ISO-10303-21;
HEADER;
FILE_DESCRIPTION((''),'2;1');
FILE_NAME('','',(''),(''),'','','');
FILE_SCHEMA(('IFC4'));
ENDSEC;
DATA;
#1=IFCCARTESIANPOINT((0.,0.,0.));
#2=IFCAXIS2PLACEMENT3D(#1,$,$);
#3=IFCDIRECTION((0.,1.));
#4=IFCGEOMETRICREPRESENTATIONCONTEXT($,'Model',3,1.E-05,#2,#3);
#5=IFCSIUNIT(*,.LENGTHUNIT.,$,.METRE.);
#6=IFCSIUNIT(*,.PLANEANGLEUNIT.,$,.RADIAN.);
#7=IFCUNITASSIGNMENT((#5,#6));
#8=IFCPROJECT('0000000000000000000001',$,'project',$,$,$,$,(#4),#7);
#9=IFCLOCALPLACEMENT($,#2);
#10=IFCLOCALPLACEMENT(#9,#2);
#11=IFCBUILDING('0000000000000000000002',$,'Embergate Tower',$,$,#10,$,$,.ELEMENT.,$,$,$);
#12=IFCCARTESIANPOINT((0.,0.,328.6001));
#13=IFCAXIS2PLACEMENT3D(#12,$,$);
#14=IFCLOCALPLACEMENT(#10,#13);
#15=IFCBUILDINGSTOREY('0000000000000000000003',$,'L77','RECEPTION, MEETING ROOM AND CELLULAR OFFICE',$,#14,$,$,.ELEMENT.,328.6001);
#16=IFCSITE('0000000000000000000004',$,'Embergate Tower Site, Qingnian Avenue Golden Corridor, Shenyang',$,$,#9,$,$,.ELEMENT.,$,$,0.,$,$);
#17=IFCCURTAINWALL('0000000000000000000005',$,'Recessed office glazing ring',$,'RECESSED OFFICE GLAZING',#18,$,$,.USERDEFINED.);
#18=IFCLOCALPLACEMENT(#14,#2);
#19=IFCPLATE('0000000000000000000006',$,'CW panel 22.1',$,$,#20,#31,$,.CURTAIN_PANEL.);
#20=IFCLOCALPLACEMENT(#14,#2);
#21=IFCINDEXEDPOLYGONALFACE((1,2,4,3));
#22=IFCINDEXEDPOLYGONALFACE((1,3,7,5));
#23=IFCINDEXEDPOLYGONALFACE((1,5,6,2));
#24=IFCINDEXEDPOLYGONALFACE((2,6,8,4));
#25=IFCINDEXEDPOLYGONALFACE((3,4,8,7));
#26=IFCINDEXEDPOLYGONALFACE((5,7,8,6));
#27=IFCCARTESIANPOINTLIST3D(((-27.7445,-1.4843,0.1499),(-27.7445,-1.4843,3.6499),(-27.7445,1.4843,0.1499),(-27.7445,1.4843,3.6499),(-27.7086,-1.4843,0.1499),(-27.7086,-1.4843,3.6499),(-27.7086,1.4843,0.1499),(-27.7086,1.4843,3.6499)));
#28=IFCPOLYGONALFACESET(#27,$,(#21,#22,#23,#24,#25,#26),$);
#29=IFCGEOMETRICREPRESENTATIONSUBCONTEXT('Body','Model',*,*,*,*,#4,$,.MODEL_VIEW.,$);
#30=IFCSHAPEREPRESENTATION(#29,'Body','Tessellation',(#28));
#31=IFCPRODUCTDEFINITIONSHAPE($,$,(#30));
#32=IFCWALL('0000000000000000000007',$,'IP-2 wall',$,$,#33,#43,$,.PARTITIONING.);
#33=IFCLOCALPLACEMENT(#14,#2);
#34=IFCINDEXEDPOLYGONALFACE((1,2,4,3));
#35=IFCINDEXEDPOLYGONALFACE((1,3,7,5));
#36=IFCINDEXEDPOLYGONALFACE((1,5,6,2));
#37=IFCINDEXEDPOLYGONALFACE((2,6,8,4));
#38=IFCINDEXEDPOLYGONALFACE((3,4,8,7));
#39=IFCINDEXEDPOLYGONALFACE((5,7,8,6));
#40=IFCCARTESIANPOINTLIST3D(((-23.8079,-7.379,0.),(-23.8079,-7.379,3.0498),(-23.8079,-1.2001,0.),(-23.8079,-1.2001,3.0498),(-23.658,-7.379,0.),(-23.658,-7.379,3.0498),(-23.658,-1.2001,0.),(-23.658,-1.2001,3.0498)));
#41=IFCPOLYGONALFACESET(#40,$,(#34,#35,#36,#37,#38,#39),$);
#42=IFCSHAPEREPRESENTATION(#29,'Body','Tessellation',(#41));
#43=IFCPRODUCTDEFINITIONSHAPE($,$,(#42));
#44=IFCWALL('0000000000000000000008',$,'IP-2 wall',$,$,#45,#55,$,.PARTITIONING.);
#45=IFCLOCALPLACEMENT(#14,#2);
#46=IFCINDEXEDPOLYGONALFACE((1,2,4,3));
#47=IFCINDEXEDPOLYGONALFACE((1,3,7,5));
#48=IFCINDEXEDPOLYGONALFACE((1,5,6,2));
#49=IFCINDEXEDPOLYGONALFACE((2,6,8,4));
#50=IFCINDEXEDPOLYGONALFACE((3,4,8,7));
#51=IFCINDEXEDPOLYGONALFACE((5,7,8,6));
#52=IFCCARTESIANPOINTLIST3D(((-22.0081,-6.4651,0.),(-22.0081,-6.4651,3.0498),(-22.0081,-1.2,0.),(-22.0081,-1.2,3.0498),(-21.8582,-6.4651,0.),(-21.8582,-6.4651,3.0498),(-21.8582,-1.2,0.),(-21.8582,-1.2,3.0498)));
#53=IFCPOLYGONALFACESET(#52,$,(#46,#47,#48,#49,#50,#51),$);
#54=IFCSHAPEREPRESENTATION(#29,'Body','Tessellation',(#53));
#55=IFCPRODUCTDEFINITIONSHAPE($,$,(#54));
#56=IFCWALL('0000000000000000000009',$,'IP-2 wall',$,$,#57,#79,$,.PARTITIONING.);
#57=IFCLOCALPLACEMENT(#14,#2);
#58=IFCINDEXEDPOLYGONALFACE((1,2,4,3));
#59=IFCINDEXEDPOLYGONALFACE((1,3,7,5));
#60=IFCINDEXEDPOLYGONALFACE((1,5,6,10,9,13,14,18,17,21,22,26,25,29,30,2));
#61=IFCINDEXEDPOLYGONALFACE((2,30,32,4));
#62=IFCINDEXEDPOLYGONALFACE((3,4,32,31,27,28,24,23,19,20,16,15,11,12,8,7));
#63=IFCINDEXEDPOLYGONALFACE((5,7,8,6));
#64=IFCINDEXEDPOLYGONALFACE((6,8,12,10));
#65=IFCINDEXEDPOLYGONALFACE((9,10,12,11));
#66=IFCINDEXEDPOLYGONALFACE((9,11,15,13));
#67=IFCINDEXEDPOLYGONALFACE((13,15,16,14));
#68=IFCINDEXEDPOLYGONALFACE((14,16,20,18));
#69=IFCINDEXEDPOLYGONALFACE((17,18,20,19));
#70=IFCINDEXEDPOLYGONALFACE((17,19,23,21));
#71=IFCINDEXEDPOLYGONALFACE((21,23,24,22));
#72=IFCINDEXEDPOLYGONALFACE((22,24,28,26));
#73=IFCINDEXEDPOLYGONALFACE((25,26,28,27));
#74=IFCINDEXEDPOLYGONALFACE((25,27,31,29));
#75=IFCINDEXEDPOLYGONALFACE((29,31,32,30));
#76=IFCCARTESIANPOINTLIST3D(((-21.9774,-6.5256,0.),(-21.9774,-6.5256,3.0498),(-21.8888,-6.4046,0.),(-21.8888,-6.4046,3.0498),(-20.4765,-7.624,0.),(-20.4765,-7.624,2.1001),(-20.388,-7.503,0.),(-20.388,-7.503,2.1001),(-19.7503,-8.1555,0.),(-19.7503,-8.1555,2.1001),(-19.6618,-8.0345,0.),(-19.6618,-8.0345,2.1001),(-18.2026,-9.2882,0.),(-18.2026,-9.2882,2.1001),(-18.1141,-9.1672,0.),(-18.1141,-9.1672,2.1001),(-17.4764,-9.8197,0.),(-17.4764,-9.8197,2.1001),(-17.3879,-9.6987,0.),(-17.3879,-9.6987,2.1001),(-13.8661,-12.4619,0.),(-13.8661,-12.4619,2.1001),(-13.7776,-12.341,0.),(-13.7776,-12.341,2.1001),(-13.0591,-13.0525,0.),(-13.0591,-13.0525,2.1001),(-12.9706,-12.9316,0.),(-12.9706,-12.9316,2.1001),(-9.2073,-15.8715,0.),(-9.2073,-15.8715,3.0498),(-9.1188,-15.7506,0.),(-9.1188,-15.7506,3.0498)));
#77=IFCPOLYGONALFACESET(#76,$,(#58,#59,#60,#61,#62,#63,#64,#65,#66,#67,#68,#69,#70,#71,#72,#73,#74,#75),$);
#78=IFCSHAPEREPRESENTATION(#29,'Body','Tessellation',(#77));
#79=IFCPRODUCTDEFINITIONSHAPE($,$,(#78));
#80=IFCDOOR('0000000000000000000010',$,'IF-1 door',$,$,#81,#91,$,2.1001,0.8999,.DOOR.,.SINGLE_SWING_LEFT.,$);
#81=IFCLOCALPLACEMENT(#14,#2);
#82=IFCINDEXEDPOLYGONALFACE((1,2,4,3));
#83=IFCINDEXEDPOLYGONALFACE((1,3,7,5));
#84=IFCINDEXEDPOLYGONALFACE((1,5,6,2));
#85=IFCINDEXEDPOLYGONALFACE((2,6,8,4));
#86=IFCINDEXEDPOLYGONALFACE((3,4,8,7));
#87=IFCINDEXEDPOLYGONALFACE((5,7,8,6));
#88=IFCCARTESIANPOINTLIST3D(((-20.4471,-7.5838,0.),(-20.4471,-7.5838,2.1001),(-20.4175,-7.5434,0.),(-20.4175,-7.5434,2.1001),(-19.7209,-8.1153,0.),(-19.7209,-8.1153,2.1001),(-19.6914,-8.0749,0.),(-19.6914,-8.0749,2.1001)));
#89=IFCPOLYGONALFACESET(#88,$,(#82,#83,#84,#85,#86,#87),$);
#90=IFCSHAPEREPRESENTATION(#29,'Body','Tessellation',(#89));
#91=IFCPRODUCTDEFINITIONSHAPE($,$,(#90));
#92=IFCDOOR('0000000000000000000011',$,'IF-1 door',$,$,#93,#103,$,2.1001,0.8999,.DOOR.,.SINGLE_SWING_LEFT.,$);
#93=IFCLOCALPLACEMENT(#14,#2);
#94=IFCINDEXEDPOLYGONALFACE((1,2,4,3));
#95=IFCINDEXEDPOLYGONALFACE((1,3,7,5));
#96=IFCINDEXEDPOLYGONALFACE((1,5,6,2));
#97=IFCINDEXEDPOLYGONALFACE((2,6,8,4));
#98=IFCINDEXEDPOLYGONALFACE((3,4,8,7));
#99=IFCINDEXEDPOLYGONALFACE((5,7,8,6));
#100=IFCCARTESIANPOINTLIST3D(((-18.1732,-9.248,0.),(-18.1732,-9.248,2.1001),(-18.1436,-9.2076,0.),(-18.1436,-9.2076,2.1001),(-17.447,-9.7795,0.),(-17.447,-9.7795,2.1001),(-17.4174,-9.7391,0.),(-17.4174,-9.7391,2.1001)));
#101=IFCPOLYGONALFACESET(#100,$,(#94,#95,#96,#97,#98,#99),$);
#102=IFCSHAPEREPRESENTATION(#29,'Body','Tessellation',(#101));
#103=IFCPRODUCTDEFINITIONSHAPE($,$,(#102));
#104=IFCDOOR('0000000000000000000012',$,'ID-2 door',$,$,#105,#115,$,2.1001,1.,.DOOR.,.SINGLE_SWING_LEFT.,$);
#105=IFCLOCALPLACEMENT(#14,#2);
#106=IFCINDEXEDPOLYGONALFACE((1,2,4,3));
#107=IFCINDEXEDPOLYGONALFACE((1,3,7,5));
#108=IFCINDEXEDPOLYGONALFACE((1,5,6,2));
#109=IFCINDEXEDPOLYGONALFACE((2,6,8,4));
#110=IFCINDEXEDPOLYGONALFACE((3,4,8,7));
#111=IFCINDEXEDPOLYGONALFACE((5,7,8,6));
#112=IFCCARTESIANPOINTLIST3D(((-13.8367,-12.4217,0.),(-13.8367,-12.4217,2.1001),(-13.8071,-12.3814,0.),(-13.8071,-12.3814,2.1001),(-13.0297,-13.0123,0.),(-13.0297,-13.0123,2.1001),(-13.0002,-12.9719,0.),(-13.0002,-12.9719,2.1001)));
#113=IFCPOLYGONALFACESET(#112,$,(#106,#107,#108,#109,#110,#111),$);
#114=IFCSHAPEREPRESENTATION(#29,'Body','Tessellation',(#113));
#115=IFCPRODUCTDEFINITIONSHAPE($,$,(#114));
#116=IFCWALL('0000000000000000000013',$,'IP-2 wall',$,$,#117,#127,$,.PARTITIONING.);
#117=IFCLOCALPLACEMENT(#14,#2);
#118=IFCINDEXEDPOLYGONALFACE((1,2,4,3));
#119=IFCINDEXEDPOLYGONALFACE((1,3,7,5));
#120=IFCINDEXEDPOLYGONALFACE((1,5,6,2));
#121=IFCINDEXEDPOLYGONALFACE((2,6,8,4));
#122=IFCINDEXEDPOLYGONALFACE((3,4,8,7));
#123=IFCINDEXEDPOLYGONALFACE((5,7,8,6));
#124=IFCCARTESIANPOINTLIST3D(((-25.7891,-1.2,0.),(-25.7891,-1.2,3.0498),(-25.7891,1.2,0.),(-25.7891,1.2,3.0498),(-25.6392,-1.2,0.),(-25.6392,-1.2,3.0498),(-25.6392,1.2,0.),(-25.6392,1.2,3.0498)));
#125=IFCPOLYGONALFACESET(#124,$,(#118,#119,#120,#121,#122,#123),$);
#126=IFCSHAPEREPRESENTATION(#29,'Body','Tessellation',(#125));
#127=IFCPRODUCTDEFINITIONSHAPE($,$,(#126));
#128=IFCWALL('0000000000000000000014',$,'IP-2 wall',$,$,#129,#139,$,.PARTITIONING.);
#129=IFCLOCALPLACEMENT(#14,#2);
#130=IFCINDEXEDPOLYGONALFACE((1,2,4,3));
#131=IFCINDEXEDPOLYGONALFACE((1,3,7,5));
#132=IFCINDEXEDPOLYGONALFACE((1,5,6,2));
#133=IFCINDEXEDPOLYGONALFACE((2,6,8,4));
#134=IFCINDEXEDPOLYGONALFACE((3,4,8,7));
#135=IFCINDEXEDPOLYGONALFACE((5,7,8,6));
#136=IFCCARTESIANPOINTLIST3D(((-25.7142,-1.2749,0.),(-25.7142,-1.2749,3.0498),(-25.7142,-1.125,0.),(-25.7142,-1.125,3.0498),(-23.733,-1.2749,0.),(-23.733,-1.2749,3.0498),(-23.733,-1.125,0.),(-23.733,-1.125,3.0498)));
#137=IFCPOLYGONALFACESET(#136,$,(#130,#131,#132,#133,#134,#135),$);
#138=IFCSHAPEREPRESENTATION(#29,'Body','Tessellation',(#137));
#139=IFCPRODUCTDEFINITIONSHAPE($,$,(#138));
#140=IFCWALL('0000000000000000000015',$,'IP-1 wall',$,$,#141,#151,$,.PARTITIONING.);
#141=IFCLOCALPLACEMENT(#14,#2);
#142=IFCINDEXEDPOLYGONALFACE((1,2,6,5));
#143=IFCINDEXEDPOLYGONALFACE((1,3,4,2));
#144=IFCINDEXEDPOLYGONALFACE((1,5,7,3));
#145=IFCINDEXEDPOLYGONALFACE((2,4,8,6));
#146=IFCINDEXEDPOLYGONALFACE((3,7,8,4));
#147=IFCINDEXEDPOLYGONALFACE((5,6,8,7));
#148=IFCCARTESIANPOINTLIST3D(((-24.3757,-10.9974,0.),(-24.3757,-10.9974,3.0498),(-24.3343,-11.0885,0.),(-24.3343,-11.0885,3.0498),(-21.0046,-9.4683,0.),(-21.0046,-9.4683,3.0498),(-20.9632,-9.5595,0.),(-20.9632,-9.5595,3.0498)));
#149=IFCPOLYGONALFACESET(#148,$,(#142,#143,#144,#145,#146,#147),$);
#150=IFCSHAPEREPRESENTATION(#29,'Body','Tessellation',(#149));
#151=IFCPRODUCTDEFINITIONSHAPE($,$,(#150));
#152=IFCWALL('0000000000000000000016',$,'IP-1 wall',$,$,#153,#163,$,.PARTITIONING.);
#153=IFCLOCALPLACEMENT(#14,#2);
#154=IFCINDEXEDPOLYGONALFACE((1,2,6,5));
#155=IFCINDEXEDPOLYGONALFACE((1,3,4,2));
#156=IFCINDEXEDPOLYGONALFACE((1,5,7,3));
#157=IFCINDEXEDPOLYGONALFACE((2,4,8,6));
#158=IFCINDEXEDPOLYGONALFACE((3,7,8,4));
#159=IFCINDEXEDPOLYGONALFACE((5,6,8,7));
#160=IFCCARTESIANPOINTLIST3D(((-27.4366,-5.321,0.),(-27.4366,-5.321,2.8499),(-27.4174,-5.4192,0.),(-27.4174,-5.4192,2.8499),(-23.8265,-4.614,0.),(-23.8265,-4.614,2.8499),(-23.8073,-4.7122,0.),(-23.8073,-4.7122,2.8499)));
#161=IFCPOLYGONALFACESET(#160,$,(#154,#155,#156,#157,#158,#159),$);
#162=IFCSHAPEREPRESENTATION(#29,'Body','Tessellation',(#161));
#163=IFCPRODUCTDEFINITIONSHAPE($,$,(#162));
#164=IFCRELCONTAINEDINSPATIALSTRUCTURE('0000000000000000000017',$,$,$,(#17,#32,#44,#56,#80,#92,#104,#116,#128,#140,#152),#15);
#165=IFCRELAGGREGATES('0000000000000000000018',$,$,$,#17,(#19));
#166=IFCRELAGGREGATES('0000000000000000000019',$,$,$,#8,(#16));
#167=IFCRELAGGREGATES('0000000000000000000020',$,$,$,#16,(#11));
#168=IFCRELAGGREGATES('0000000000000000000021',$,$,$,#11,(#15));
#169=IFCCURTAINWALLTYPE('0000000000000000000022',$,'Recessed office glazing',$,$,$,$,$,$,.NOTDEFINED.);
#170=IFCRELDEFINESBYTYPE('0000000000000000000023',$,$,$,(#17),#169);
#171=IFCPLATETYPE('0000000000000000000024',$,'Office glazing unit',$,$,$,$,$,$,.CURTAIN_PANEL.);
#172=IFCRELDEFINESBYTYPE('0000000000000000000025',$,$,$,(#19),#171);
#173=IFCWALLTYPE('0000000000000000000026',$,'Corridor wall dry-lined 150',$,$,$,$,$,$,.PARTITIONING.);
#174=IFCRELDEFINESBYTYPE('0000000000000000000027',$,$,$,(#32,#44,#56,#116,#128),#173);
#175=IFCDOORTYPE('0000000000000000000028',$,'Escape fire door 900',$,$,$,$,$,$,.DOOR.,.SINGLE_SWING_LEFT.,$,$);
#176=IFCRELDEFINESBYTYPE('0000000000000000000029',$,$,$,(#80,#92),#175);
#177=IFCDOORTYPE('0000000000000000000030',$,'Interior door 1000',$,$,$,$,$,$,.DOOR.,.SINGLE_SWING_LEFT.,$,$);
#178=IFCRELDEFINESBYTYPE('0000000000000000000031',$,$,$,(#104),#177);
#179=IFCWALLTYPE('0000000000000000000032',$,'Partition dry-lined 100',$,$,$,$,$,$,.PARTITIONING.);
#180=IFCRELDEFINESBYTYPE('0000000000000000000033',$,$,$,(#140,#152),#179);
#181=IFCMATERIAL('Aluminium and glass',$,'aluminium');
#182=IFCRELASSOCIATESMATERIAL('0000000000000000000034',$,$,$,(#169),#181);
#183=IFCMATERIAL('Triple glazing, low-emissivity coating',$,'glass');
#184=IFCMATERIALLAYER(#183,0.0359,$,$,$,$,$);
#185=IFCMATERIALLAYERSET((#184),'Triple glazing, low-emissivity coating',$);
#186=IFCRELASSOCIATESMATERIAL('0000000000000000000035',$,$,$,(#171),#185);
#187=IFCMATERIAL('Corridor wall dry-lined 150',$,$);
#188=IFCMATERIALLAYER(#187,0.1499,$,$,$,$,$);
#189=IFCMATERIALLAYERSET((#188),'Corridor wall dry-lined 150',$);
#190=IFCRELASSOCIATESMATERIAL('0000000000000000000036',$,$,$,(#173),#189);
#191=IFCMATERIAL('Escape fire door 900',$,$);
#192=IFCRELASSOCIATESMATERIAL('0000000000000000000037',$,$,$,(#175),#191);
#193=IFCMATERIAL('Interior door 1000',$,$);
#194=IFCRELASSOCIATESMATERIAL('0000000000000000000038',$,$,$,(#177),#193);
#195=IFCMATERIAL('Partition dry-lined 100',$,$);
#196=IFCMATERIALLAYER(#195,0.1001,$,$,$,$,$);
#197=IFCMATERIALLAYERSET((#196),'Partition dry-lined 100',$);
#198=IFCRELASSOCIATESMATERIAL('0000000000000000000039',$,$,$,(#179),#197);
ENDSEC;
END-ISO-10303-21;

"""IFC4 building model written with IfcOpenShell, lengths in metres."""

from ifc_helpers import new_model, si_unit, direction, frame, frame_2d, origin, origin_2d, place, context, subcontext, project, spatial, rectangle, extrude, source, transform, mapped, material, layer, layer_set, type_object, element, fill, aggregate, save


model = new_model("IFC4")

# Units and contexts
model_context = context("Model", 3, precision=1e-05, world=origin(), true_north=direction((0.0, 1.0)))
body_context = subcontext(model_context, "Body", "Model", "MODEL_VIEW")
ifc_project = project(units=[si_unit("LENGTHUNIT", "METRE"), si_unit("PLANEANGLEUNIT", "RADIAN")], contexts=[model_context])

# Site, building, storey
site_placement = place(None, origin())
site = spatial("IfcSite", under=ifc_project, at=site_placement, Name="Embergate Tower Site, Qingnian Avenue Golden Corridor, Shenyang", CompositionType="ELEMENT", RefElevation=0.0)
building_placement = place(site_placement, origin())
building = spatial("IfcBuilding", under=site, at=building_placement, Name="Embergate Tower", CompositionType="ELEMENT")
storey_placement = place(building_placement, frame((0.0, 0.0, 328.6001)))
storey = spatial("IfcBuildingStorey", under=building, at=storey_placement, Name="L77", Description="RECEPTION, MEETING ROOM AND CELLULAR OFFICE", CompositionType="ELEMENT", Elevation=328.6001)

# Curtain wall, plate
ifc_material_1 = material(Name="Aluminium and glass", Category="aluminium")
curtain_wall_type = type_object("IfcCurtainWallType", Name="Recessed office glazing", PredefinedType="NOTDEFINED", material=ifc_material_1)
curtain_wall_placement = place(storey_placement, origin())
curtain_wall = element("IfcCurtainWall", 1, at=curtain_wall_placement, inside=storey, type_object=curtain_wall_type, Name="Recessed office glazing ring", ObjectType="RECESSED OFFICE GLAZING", PredefinedType="USERDEFINED")
ifc_material_2 = material(Name="Triple glazing, low-emissivity coating", Category="glass")
ifc_layer_1 = layer(ifc_material_2, 0.0359)
ifc_layer_set_1 = layer_set([ifc_layer_1], Name="Triple glazing, low-emissivity coating")
plate_type = type_object("IfcPlateType", Name="Office glazing unit", PredefinedType="CURTAIN_PANEL", material=ifc_layer_set_1)
shared_shape_1 = source(origin(), body_context, "Body", "SweptSolid", [
    extrude(rectangle(XDim=2.9685, YDim=0.0359, at=origin_2d()), origin(), (0.0, 0.0, 1.0), 3.5),
])
plate_1_placement = place(storey_placement, frame((-27.7266, 0.0, 0.1499), z_axis=(0.0, 0.0, 1.0), x_axis=(0.0, -1.0, 0.0)))
plate_1 = element("IfcPlate", 2, at=plate_1_placement, type_object=plate_type, Name="CW panel 22.1", PredefinedType="CURTAIN_PANEL", context=body_context, shape_type="MappedRepresentation", body=[
    mapped(shared_shape_1, transform((0.0, 0.0, 0.0))),
])
aggregate(curtain_wall, [plate_1])

# Walls
ifc_material_3 = material(Name="Corridor wall dry-lined 150")
ifc_layer_2 = layer(ifc_material_3, 0.1499)
ifc_layer_set_2 = layer_set([ifc_layer_2], Name="Corridor wall dry-lined 150")
wall_type_1 = type_object("IfcWallType", Name="Corridor wall dry-lined 150", PredefinedType="PARTITIONING", material=ifc_layer_set_2)
shared_shape_2 = source(origin(), body_context, "Body", "SweptSolid", [
    extrude(rectangle(XDim=6.179, YDim=0.1499, at=frame_2d((3.0894, 0.0))), origin(), (0.0, 0.0, 1.0), 3.0498),
])
wall_1_placement = place(storey_placement, frame((-23.7329, -7.3789, 0.0), z_axis=(0.0, 0.0, 1.0), x_axis=(0.0, 1.0, 0.0)))
element("IfcWall", 3, at=wall_1_placement, inside=storey, type_object=wall_type_1, Name="IP-2 wall", PredefinedType="PARTITIONING", context=body_context, shape_type="MappedRepresentation", body=[
    mapped(shared_shape_2, transform((0.0, 0.0, 0.0))),
])
shared_shape_3 = source(origin(), body_context, "Body", "SweptSolid", [
    extrude(rectangle(XDim=5.2651, YDim=0.1499, at=frame_2d((2.6326, 0.0))), origin(), (0.0, 0.0, 1.0), 3.0498),
])
wall_2_placement = place(storey_placement, frame((-21.9331, -1.2, 0.0), z_axis=(0.0, 0.0, 1.0), x_axis=(0.0, -1.0, 0.0)))
element("IfcWall", 4, at=wall_2_placement, inside=storey, type_object=wall_type_1, Name="IP-2 wall", PredefinedType="PARTITIONING", context=body_context, shape_type="MappedRepresentation", body=[
    mapped(shared_shape_3, transform((0.0, 0.0, 0.0))),
])

# Wall, openings, doors
shared_shape_4 = source(origin(), body_context, "Body", "SweptSolid", [
    extrude(rectangle(XDim=15.8247, YDim=0.1499, at=frame_2d((7.9124, 0.0))), origin(), (0.0, 0.0, 1.0), 3.0498),
])
wall_3_placement = place(storey_placement, frame((-21.9331, -6.4651, 0.0), z_axis=(0.0, 0.0, 1.0), x_axis=(0.806969, -0.590594, 0.0)))
wall_3 = element("IfcWall", 5, at=wall_3_placement, inside=storey, type_object=wall_type_1, Name="IP-2 wall", PredefinedType="PARTITIONING", context=body_context, shape_type="MappedRepresentation", body=[
    mapped(shared_shape_4, transform((0.0, 0.0, 0.0))),
])
shared_shape_5 = source(origin(), body_context, "Body", "SweptSolid", [
    extrude(rectangle(XDim=0.8999, YDim=2.1001, at=frame_2d((0.45, 1.05))), frame((0.0, 0.085, 0.0), z_axis=(0.0, -1.0, 0.0), x_axis=(1.0, 0.0, 0.0)), (0.0, 0.0, 1.0), 0.1699),
])
opening_1_placement = place(wall_3_placement, frame((1.8599, 0.0, 0.0)))
opening_1 = element("IfcOpeningElement", 6, at=opening_1_placement, cuts=wall_3, PredefinedType="OPENING", context=body_context, shape_type="MappedRepresentation", body=[
    mapped(shared_shape_5, transform((0.0, 0.0, 0.0))),
])
opening_2_placement = place(wall_3_placement, frame((4.6777, 0.0, 0.0)))
opening_2 = element("IfcOpeningElement", 7, at=opening_2_placement, cuts=wall_3, PredefinedType="OPENING", context=body_context, shape_type="MappedRepresentation", body=[
    mapped(shared_shape_5, transform((0.0, 0.0, 0.0))),
])
shared_shape_6 = source(origin(), body_context, "Body", "SweptSolid", [
    extrude(rectangle(XDim=1.0, YDim=2.1001, at=frame_2d((0.5, 1.05))), frame((0.0, 0.085, 0.0), z_axis=(0.0, -1.0, 0.0), x_axis=(1.0, 0.0, 0.0)), (0.0, 0.0, 1.0), 0.1699),
])
opening_3_placement = place(wall_3_placement, frame((10.0515, 0.0, 0.0)))
opening_3 = element("IfcOpeningElement", 8, at=opening_3_placement, cuts=wall_3, PredefinedType="OPENING", context=body_context, shape_type="MappedRepresentation", body=[
    mapped(shared_shape_6, transform((0.0, 0.0, 0.0))),
])
ifc_material_4 = material(Name="Escape fire door 900")
door_type_1 = type_object("IfcDoorType", Name="Escape fire door 900", OperationType="SINGLE_SWING_LEFT", PredefinedType="DOOR", material=ifc_material_4)
shared_shape_7 = source(origin(), body_context, "Body", "SweptSolid", [
    extrude(rectangle(XDim=0.8999, YDim=2.1001, at=frame_2d((0.45, 1.05))), frame((0.0, 0.0249, 0.0), z_axis=(0.0, -1.0, 0.0), x_axis=(1.0, 0.0, 0.0)), (0.0, 0.0, 1.0), 0.05),
])
door_1_placement = place(opening_1_placement, origin())
door_1 = element("IfcDoor", 9, at=door_1_placement, inside=storey, type_object=door_type_1, Name="IF-1 door", OperationType="SINGLE_SWING_LEFT", OverallHeight=2.1001, OverallWidth=0.8999, PredefinedType="DOOR", context=body_context, shape_type="MappedRepresentation", body=[
    mapped(shared_shape_7, transform((0.0, 0.0, 0.0))),
])
fill(opening_1, door_1)
door_2_placement = place(opening_2_placement, origin())
door_2 = element("IfcDoor", 10, at=door_2_placement, inside=storey, type_object=door_type_1, Name="IF-1 door", OperationType="SINGLE_SWING_LEFT", OverallHeight=2.1001, OverallWidth=0.8999, PredefinedType="DOOR", context=body_context, shape_type="MappedRepresentation", body=[
    mapped(shared_shape_7, transform((0.0, 0.0, 0.0))),
])
fill(opening_2, door_2)
ifc_material_5 = material(Name="Interior door 1000")
door_type_2 = type_object("IfcDoorType", Name="Interior door 1000", OperationType="SINGLE_SWING_LEFT", PredefinedType="DOOR", material=ifc_material_5)
shared_shape_8 = source(origin(), body_context, "Body", "SweptSolid", [
    extrude(rectangle(XDim=1.0, YDim=2.1001, at=frame_2d((0.5, 1.05))), frame((0.0, 0.0249, 0.0), z_axis=(0.0, -1.0, 0.0), x_axis=(1.0, 0.0, 0.0)), (0.0, 0.0, 1.0), 0.05),
])
door_3_placement = place(opening_3_placement, origin())
door_3 = element("IfcDoor", 11, at=door_3_placement, inside=storey, type_object=door_type_2, Name="ID-2 door", OperationType="SINGLE_SWING_LEFT", OverallHeight=2.1001, OverallWidth=1.0, PredefinedType="DOOR", context=body_context, shape_type="MappedRepresentation", body=[
    mapped(shared_shape_8, transform((0.0, 0.0, 0.0))),
])
fill(opening_3, door_3)

# Walls
shared_shape_9 = source(origin(), body_context, "Body", "SweptSolid", [
    extrude(rectangle(XDim=2.3999, YDim=0.1499, at=frame_2d((1.2, 0.0))), origin(), (0.0, 0.0, 1.0), 3.0498),
])
wall_4_placement = place(storey_placement, frame((-25.7141, -1.2, 0.0), z_axis=(0.0, 0.0, 1.0), x_axis=(0.0, 1.0, 0.0)))
element("IfcWall", 12, at=wall_4_placement, inside=storey, type_object=wall_type_1, Name="IP-2 wall", PredefinedType="PARTITIONING", context=body_context, shape_type="MappedRepresentation", body=[
    mapped(shared_shape_9, transform((0.0, 0.0, 0.0))),
])
shared_shape_10 = source(origin(), body_context, "Body", "SweptSolid", [
    extrude(rectangle(XDim=1.9812, YDim=0.1499, at=frame_2d((0.9907, 0.0))), origin(), (0.0, 0.0, 1.0), 3.0498),
])
wall_5_placement = place(storey_placement, frame((-23.7329, -1.2, 0.0), z_axis=(0.0, 0.0, 1.0), x_axis=(-1.0, 0.0, 0.0)))
element("IfcWall", 13, at=wall_5_placement, inside=storey, type_object=wall_type_1, Name="IP-2 wall", PredefinedType="PARTITIONING", context=body_context, shape_type="MappedRepresentation", body=[
    mapped(shared_shape_10, transform((0.0, 0.0, 0.0))),
])
ifc_material_6 = material(Name="Partition dry-lined 100")
ifc_layer_3 = layer(ifc_material_6, 0.1001)
ifc_layer_set_3 = layer_set([ifc_layer_3], Name="Partition dry-lined 100")
wall_type_2 = type_object("IfcWallType", Name="Partition dry-lined 100", PredefinedType="PARTITIONING", material=ifc_layer_set_3)
shared_shape_11 = source(origin(), body_context, "Body", "SweptSolid", [
    extrude(rectangle(XDim=3.7017, YDim=0.1001, at=frame_2d((1.8508, 0.0))), origin(), (0.0, 0.0, 1.0), 3.0498),
])
wall_6_placement = place(storey_placement, frame((-20.9839, -9.5139, 0.0), z_axis=(0.0, 0.0, 1.0), x_axis=(-0.910698, -0.413072, 0.0)))
element("IfcWall", 14, at=wall_6_placement, inside=storey, type_object=wall_type_2, Name="IP-1 wall", PredefinedType="PARTITIONING", context=body_context, shape_type="MappedRepresentation", body=[
    mapped(shared_shape_11, transform((0.0, 0.0, 0.0))),
])
shared_shape_12 = source(origin(), body_context, "Body", "SweptSolid", [
    extrude(rectangle(XDim=3.6787, YDim=0.1001, at=frame_2d((1.8394, 0.0))), origin(), (0.0, 0.0, 1.0), 2.8499),
])
wall_7_placement = place(storey_placement, frame((-23.8169, -4.6631, 0.0), z_axis=(0.0, 0.0, 1.0), x_axis=(-0.981356, -0.192196, 0.0)))
element("IfcWall", 15, at=wall_7_placement, inside=storey, type_object=wall_type_2, Name="IP-1 wall", PredefinedType="PARTITIONING", context=body_context, shape_type="MappedRepresentation", body=[
    mapped(shared_shape_12, transform((0.0, 0.0, 0.0))),
])

save(model, "model.ifc")
